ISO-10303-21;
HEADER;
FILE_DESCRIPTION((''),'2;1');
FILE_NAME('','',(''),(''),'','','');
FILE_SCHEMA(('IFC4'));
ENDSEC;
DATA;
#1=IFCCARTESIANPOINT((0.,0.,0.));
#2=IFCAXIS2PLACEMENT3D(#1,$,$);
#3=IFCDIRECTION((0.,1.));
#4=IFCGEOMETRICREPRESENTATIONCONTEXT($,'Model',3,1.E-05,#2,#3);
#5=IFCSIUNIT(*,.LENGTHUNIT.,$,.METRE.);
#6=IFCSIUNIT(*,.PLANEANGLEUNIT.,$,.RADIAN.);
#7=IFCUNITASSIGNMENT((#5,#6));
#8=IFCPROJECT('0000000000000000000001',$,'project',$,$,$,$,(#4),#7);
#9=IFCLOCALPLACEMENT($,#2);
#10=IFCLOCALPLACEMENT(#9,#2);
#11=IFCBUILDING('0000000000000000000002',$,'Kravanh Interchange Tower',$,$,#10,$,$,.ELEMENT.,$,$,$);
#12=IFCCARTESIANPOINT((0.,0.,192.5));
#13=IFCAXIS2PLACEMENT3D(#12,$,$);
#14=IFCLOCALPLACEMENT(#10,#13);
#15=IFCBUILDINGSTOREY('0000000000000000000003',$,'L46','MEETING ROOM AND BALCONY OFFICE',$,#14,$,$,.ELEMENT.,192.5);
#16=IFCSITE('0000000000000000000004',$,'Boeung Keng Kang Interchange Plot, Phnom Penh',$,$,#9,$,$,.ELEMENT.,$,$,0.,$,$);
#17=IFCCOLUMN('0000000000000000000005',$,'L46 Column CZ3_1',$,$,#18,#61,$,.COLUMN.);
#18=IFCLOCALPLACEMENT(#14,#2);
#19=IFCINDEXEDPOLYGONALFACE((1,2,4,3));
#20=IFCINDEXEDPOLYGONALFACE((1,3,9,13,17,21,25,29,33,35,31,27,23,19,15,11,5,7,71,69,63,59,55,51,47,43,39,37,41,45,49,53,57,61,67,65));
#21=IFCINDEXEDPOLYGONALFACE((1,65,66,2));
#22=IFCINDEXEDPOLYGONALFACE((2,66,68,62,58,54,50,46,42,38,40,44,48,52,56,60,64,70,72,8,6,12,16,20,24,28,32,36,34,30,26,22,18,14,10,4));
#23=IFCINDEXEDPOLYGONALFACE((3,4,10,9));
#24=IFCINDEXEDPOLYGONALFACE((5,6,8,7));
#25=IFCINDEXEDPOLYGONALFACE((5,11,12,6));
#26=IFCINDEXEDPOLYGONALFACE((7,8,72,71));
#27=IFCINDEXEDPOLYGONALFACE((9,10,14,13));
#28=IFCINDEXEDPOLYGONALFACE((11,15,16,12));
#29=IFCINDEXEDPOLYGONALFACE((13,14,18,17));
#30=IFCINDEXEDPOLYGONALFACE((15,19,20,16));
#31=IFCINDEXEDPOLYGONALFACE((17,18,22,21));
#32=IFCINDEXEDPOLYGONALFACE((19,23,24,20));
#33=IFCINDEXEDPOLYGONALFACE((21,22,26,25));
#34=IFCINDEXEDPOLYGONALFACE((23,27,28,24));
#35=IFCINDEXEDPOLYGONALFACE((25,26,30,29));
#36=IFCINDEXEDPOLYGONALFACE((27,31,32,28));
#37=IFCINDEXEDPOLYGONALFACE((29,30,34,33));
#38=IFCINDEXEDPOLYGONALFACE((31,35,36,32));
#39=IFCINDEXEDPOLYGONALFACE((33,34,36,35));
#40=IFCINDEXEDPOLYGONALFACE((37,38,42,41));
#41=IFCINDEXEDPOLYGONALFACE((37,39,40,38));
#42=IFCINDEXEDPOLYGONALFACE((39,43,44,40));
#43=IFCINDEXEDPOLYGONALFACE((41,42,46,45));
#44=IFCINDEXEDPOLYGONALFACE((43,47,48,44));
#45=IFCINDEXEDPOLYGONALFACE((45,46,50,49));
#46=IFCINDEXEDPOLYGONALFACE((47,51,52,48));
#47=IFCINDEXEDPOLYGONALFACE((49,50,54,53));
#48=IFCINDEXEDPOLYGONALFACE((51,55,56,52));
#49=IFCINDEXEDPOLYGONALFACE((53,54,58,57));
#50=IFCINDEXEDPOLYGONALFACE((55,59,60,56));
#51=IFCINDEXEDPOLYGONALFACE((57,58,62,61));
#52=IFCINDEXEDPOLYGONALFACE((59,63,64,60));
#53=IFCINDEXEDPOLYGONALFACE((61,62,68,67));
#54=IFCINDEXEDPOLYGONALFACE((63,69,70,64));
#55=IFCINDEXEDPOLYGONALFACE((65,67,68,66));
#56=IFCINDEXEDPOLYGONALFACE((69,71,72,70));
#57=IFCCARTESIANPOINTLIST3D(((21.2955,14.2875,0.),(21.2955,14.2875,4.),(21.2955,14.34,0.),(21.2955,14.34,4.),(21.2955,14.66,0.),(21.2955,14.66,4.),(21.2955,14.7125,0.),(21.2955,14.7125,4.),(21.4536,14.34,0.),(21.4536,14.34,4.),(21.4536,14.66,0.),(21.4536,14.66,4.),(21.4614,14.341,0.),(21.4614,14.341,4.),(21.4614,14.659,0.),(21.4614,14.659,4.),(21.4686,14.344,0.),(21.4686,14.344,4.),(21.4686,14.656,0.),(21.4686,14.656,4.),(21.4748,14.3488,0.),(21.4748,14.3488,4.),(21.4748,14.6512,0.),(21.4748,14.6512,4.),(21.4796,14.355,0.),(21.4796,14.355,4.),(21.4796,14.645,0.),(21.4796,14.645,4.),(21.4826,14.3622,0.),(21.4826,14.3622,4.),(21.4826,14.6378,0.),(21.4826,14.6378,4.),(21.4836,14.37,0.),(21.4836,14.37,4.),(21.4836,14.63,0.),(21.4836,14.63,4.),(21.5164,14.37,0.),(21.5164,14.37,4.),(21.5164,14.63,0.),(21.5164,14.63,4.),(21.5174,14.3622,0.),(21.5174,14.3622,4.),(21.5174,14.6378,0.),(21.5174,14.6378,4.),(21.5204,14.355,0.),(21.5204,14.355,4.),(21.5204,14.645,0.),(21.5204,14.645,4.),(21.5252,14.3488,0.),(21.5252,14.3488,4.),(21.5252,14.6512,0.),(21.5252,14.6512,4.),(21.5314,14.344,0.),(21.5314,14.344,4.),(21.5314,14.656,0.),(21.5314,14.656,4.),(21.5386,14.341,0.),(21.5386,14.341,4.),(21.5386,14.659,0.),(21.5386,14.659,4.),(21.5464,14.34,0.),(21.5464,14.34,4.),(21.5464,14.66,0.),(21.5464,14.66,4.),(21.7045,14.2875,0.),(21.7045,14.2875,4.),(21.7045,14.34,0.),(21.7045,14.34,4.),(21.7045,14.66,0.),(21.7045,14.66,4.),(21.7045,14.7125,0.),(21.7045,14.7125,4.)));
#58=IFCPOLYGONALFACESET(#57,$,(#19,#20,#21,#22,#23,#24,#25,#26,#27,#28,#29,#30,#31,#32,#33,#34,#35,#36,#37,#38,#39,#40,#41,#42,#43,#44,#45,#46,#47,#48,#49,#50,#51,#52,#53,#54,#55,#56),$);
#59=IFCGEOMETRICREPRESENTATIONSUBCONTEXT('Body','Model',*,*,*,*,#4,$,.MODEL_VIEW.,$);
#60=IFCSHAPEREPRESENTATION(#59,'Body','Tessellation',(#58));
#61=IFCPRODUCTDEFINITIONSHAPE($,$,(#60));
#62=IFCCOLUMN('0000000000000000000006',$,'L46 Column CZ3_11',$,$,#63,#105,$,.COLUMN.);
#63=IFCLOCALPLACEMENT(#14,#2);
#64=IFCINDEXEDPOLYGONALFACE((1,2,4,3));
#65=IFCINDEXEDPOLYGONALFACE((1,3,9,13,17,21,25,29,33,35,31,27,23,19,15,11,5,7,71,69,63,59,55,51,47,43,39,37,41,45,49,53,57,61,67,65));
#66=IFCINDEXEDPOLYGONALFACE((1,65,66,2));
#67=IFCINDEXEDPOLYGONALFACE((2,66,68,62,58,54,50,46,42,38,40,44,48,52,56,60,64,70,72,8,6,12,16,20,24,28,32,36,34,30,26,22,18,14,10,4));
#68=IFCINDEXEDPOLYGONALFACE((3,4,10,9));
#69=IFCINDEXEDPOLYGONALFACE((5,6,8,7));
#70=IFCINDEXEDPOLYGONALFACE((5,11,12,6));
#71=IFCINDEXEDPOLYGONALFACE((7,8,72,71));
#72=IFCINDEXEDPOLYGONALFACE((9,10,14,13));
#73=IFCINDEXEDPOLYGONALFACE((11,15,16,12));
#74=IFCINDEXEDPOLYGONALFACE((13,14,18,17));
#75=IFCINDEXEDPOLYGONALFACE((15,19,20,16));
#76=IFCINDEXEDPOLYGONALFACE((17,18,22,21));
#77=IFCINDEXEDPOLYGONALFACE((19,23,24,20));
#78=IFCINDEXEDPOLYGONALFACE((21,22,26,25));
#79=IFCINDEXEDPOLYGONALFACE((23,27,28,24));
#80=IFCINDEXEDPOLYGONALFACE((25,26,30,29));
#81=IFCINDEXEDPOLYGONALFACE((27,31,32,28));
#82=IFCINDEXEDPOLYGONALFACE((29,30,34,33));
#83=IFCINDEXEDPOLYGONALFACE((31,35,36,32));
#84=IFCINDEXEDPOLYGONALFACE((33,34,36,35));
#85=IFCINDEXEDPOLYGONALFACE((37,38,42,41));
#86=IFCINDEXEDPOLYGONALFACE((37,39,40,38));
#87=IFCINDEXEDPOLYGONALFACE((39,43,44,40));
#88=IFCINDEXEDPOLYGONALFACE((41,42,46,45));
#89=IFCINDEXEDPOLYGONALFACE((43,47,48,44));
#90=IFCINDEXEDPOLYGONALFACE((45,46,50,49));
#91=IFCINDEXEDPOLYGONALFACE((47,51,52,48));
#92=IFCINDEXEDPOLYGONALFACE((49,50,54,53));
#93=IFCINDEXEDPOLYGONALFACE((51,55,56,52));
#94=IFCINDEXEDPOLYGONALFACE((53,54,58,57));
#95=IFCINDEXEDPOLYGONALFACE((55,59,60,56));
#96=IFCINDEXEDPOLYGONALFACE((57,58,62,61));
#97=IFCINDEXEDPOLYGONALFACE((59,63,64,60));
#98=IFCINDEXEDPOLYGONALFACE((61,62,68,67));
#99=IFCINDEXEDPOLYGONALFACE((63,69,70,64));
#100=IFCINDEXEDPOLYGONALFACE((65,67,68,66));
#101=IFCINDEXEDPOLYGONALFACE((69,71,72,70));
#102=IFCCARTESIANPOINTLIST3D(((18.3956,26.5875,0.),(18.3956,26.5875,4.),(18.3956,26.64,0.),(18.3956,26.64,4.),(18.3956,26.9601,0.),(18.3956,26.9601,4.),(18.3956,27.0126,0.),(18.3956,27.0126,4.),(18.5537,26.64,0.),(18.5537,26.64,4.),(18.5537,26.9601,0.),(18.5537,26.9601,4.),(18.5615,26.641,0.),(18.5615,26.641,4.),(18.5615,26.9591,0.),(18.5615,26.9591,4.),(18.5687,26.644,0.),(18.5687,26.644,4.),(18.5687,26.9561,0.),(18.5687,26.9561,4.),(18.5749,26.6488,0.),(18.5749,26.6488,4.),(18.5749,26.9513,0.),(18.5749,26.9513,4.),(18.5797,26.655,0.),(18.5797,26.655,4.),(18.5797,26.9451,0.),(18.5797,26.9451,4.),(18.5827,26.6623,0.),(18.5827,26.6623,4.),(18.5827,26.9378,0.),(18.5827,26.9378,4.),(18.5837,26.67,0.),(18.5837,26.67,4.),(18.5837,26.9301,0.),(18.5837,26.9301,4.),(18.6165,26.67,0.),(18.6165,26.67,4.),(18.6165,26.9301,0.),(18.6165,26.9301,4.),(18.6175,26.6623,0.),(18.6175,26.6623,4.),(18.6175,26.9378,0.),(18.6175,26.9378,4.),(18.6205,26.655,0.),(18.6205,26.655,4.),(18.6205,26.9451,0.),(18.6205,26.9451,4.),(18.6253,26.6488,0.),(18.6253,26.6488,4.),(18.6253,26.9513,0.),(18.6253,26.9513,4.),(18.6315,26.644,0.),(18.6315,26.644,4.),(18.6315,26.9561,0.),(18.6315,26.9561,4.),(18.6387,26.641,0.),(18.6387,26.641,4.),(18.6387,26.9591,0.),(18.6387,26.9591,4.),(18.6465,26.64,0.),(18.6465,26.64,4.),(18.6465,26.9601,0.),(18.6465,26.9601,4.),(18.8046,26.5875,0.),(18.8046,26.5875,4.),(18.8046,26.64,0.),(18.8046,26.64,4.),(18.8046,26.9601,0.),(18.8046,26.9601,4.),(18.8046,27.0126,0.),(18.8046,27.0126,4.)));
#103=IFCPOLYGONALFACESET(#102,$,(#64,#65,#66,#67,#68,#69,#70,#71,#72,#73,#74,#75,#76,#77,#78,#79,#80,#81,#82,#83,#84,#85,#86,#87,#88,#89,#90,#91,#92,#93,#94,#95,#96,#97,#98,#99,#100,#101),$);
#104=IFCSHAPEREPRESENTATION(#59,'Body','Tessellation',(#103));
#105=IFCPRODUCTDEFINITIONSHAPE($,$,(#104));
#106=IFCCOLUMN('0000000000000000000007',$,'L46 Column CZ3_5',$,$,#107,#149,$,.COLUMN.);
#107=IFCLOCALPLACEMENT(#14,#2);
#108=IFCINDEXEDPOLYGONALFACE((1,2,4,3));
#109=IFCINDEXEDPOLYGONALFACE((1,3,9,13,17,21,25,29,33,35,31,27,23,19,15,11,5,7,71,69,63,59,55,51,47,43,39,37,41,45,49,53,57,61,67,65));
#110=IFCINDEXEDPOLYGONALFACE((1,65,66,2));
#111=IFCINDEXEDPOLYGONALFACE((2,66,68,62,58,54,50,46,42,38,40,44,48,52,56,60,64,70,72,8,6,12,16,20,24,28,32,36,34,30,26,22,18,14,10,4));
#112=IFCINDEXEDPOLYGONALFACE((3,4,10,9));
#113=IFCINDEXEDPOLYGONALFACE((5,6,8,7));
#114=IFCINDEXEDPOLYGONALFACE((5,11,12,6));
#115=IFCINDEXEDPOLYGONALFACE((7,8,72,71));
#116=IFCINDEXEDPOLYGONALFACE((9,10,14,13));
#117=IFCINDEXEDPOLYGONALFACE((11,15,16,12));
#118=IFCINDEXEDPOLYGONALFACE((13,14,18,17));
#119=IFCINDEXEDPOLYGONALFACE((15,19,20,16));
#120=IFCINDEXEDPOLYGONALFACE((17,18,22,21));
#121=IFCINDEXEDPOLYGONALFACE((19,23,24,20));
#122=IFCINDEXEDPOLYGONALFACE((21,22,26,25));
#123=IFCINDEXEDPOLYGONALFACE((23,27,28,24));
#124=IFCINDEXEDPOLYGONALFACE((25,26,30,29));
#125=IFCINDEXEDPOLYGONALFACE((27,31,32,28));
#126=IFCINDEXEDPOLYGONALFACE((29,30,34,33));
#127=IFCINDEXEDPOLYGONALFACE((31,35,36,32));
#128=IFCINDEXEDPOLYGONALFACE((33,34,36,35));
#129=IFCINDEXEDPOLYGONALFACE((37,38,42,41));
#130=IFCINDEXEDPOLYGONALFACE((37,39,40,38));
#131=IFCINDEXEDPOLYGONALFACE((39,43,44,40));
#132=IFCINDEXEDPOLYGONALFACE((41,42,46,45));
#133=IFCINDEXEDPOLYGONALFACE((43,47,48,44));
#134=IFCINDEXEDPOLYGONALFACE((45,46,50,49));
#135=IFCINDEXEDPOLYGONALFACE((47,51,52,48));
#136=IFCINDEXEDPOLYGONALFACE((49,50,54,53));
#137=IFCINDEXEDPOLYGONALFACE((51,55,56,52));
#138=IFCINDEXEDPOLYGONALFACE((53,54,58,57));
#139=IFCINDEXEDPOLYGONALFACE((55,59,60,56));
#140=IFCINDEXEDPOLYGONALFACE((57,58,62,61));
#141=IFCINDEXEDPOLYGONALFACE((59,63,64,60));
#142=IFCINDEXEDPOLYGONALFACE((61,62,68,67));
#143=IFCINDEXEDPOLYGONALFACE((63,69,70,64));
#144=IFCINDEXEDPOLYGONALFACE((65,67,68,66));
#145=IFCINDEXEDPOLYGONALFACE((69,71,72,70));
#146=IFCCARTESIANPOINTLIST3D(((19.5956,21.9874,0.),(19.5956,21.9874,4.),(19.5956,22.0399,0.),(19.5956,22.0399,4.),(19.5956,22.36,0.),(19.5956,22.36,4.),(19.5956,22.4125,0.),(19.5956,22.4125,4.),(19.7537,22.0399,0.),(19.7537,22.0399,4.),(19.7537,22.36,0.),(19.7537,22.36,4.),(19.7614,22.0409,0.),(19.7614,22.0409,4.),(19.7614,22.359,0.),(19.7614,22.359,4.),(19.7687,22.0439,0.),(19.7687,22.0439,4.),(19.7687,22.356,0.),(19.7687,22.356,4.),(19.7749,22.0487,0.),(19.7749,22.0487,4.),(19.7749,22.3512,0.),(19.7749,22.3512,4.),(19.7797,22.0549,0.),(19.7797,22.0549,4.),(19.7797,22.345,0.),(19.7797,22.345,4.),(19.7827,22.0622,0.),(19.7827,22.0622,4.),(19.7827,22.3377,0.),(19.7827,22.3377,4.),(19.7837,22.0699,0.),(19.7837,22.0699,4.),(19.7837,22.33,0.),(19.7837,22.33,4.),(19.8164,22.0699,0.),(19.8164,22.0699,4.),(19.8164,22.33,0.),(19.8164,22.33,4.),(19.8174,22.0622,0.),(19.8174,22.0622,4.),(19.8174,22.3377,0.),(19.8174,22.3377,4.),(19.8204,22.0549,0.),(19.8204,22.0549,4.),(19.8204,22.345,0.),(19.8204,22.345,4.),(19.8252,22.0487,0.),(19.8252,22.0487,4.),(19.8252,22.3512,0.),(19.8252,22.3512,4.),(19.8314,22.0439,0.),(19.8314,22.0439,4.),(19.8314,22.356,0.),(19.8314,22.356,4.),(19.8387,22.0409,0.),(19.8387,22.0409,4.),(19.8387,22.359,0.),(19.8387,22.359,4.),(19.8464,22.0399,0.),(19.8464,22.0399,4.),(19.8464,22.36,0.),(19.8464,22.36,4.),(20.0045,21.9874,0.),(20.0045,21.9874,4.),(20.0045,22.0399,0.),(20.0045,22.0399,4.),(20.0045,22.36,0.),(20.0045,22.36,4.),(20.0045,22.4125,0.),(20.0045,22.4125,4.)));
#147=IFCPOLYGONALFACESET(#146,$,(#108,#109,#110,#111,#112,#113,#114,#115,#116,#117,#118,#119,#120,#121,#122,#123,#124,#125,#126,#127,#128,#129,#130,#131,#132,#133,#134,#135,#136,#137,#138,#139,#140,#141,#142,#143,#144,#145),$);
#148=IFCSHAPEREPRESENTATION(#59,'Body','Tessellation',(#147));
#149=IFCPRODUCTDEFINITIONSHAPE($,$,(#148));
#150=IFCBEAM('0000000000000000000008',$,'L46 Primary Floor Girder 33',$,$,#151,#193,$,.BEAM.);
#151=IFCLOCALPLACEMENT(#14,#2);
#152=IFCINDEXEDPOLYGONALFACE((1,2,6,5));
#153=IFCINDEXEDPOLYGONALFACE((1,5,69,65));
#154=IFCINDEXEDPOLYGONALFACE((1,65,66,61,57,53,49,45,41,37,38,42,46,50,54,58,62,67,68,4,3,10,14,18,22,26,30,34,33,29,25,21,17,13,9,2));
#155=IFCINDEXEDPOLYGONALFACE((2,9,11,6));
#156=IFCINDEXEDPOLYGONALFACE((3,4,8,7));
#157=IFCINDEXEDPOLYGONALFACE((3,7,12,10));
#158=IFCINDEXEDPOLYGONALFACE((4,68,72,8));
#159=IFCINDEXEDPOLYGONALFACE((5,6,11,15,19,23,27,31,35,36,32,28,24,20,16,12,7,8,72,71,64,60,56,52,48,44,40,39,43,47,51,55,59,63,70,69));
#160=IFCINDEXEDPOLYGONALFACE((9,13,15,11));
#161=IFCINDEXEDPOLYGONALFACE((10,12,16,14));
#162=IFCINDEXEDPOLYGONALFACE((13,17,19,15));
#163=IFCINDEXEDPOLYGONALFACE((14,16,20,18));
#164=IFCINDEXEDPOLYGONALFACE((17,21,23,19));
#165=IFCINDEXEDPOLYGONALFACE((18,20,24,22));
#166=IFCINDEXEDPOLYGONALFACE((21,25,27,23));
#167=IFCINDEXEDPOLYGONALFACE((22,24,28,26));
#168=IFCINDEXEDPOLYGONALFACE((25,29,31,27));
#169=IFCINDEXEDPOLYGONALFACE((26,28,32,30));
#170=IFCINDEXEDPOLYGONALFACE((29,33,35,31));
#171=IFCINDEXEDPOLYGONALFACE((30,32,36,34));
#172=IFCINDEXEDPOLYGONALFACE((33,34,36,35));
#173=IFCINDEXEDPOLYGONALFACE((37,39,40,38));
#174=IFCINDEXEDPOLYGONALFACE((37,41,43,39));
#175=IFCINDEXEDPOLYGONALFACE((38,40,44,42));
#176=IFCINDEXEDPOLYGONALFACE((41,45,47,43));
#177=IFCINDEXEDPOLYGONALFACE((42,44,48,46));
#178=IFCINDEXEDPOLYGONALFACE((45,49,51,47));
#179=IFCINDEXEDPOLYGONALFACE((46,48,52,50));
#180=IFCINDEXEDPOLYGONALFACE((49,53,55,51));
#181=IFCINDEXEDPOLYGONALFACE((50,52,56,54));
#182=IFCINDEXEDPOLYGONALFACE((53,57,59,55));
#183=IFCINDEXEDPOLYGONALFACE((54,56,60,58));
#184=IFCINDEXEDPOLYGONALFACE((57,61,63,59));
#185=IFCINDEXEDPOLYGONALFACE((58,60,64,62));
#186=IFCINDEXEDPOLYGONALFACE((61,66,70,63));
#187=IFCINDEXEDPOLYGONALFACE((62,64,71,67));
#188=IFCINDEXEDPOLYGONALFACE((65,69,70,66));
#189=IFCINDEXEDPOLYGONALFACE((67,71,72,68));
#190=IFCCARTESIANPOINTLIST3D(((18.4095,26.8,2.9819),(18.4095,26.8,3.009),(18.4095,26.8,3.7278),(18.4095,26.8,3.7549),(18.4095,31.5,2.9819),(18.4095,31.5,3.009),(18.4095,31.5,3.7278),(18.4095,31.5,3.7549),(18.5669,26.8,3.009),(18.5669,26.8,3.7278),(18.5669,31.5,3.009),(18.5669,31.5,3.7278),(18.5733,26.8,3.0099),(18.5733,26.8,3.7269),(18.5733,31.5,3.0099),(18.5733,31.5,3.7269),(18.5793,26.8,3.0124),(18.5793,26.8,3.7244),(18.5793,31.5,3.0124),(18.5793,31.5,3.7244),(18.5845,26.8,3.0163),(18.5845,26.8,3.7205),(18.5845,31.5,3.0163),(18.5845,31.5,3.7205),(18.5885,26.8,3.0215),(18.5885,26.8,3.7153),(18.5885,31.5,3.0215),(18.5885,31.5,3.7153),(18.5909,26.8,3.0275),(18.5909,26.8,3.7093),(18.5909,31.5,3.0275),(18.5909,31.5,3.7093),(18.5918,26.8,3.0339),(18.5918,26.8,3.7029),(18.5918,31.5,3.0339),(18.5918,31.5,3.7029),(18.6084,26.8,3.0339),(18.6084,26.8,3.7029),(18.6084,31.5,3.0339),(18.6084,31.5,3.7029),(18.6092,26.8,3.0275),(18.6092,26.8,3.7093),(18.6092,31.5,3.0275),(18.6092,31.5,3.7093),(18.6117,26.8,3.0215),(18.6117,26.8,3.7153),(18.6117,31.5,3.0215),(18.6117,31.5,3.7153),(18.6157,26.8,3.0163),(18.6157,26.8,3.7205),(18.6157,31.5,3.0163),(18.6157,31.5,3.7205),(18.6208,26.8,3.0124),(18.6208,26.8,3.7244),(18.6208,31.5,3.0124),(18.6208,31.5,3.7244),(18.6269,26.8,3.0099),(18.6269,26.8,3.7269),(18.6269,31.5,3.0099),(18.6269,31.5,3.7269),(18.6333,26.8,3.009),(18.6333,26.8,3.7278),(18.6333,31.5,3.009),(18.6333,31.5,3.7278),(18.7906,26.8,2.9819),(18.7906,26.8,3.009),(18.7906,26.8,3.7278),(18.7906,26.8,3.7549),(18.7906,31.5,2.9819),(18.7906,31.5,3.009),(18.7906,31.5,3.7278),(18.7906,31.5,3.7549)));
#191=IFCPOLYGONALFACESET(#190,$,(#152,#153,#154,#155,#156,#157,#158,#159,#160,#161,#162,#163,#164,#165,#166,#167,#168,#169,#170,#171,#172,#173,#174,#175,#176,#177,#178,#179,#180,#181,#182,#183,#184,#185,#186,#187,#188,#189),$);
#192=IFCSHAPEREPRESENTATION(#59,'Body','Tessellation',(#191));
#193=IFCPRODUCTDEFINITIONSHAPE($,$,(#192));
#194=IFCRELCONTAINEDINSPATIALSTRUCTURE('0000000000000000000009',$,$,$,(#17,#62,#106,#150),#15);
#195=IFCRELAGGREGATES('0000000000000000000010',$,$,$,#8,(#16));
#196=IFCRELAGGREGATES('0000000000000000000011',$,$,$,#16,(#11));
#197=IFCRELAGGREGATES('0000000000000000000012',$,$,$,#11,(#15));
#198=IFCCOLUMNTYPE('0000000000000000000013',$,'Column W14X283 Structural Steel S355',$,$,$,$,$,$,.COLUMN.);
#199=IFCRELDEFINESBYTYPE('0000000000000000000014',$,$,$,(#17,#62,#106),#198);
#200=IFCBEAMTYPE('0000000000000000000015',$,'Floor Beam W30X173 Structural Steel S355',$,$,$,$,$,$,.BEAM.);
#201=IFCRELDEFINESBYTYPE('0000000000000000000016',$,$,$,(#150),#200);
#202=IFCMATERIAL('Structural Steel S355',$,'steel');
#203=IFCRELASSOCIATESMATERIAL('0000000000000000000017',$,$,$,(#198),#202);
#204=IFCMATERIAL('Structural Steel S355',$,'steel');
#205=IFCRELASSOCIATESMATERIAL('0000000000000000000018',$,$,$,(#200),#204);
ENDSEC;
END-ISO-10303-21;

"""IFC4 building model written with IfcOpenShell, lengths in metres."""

from ifc_helpers import new_model, si_unit, direction, frame, origin, origin_2d, place, context, subcontext, project, spatial, i_section, extrude, material, material_profile, profile_set, type_object, element, save


model = new_model("IFC4")

# Units and contexts
model_context = context("Model", 3, precision=1e-05, world=origin(), true_north=direction((0.0, 1.0)))
body_context = subcontext(model_context, "Body", "Model", "MODEL_VIEW")
ifc_project = project(units=[si_unit("LENGTHUNIT", "METRE"), si_unit("PLANEANGLEUNIT", "RADIAN")], contexts=[model_context])

# Site, building, storey
site_placement = place(None, origin())
site = spatial("IfcSite", under=ifc_project, at=site_placement, Name="Boeung Keng Kang Interchange Plot, Phnom Penh", CompositionType="ELEMENT", RefElevation=0.0)
building_placement = place(site_placement, origin())
building = spatial("IfcBuilding", under=site, at=building_placement, Name="Kravanh Interchange Tower", CompositionType="ELEMENT")
storey_placement = place(building_placement, frame((0.0, 0.0, 192.5)))
storey = spatial("IfcBuildingStorey", under=building, at=storey_placement, Name="L46", Description="MEETING ROOM AND BALCONY OFFICE", CompositionType="ELEMENT", Elevation=192.5)

# Columns
ifc_material_1 = material(Name="Structural Steel S355", Category="steel")
ifc_material_profile_1 = material_profile(ifc_material_1, i_section(OverallWidth=0.4089, OverallDepth=0.425, WebThickness=0.0327, FlangeThickness=0.0525, FilletRadius=0.03, at=origin_2d()), Name="W14X283")
ifc_profile_set_1 = profile_set([ifc_material_profile_1], Name="Structural Steel S355")
column_type = type_object("IfcColumnType", Name="Column W14X283 Structural Steel S355", PredefinedType="COLUMN", material=ifc_profile_set_1)
for number, where, z_axis, x_axis, name in (
    (1, (21.5, 14.5, 0.0), (0.0, 0.0, 1.0), (1.0, 0.0, 0.0), "L46 Column CZ3_1"),
    (2, (18.6001, 26.8, 0.0), (0.0, 0.0, 1.0), (1.0, 0.0, 0.0), "L46 Column CZ3_11"),
    (3, (19.8, 22.2, 0.0), (0.0, 0.0, 1.0), (1.0, 0.0, 0.0), "L46 Column CZ3_5"),
):
    element("IfcColumn", number, at=place(storey_placement, frame(where, z_axis=z_axis, x_axis=x_axis)), inside=storey, type_object=column_type, Name=name, PredefinedType="COLUMN", context=body_context, shape_type="SweptSolid", body=[
        extrude(i_section(OverallWidth=0.4089, OverallDepth=0.425, WebThickness=0.0327, FlangeThickness=0.0525, FilletRadius=0.03, at=origin_2d()), origin(), (0.0, 0.0, 1.0), 4.0),
    ])

# Beam
ifc_material_2 = material(Name="Structural Steel S355", Category="steel")
ifc_material_profile_2 = material_profile(ifc_material_2, i_section(OverallWidth=0.3811, OverallDepth=0.7729, WebThickness=0.0166, FlangeThickness=0.0271, FilletRadius=0.0249, at=origin_2d()), Name="W30X173")
ifc_profile_set_2 = profile_set([ifc_material_profile_2], Name="Structural Steel S355")
beam_type_1 = type_object("IfcBeamType", Name="Floor Beam W30X173 Structural Steel S355", PredefinedType="BEAM", material=ifc_profile_set_2)
beam_1_placement = place(storey_placement, frame((18.6001, 26.8, 3.3684), z_axis=(0.0, 1.0, 0.0), x_axis=(-1.0, 0.0, 0.0)))
element("IfcBeam", 4, at=beam_1_placement, inside=storey, type_object=beam_type_1, Name="L46 Primary Floor Girder 33", PredefinedType="BEAM", context=body_context, shape_type="SweptSolid", body=[
    extrude(i_section(OverallWidth=0.3811, OverallDepth=0.7729, WebThickness=0.0166, FlangeThickness=0.0271, FilletRadius=0.0249, at=origin_2d()), origin(), (0.0, 0.0, 1.0), 4.7),
])

save(model, "model.ifc")
